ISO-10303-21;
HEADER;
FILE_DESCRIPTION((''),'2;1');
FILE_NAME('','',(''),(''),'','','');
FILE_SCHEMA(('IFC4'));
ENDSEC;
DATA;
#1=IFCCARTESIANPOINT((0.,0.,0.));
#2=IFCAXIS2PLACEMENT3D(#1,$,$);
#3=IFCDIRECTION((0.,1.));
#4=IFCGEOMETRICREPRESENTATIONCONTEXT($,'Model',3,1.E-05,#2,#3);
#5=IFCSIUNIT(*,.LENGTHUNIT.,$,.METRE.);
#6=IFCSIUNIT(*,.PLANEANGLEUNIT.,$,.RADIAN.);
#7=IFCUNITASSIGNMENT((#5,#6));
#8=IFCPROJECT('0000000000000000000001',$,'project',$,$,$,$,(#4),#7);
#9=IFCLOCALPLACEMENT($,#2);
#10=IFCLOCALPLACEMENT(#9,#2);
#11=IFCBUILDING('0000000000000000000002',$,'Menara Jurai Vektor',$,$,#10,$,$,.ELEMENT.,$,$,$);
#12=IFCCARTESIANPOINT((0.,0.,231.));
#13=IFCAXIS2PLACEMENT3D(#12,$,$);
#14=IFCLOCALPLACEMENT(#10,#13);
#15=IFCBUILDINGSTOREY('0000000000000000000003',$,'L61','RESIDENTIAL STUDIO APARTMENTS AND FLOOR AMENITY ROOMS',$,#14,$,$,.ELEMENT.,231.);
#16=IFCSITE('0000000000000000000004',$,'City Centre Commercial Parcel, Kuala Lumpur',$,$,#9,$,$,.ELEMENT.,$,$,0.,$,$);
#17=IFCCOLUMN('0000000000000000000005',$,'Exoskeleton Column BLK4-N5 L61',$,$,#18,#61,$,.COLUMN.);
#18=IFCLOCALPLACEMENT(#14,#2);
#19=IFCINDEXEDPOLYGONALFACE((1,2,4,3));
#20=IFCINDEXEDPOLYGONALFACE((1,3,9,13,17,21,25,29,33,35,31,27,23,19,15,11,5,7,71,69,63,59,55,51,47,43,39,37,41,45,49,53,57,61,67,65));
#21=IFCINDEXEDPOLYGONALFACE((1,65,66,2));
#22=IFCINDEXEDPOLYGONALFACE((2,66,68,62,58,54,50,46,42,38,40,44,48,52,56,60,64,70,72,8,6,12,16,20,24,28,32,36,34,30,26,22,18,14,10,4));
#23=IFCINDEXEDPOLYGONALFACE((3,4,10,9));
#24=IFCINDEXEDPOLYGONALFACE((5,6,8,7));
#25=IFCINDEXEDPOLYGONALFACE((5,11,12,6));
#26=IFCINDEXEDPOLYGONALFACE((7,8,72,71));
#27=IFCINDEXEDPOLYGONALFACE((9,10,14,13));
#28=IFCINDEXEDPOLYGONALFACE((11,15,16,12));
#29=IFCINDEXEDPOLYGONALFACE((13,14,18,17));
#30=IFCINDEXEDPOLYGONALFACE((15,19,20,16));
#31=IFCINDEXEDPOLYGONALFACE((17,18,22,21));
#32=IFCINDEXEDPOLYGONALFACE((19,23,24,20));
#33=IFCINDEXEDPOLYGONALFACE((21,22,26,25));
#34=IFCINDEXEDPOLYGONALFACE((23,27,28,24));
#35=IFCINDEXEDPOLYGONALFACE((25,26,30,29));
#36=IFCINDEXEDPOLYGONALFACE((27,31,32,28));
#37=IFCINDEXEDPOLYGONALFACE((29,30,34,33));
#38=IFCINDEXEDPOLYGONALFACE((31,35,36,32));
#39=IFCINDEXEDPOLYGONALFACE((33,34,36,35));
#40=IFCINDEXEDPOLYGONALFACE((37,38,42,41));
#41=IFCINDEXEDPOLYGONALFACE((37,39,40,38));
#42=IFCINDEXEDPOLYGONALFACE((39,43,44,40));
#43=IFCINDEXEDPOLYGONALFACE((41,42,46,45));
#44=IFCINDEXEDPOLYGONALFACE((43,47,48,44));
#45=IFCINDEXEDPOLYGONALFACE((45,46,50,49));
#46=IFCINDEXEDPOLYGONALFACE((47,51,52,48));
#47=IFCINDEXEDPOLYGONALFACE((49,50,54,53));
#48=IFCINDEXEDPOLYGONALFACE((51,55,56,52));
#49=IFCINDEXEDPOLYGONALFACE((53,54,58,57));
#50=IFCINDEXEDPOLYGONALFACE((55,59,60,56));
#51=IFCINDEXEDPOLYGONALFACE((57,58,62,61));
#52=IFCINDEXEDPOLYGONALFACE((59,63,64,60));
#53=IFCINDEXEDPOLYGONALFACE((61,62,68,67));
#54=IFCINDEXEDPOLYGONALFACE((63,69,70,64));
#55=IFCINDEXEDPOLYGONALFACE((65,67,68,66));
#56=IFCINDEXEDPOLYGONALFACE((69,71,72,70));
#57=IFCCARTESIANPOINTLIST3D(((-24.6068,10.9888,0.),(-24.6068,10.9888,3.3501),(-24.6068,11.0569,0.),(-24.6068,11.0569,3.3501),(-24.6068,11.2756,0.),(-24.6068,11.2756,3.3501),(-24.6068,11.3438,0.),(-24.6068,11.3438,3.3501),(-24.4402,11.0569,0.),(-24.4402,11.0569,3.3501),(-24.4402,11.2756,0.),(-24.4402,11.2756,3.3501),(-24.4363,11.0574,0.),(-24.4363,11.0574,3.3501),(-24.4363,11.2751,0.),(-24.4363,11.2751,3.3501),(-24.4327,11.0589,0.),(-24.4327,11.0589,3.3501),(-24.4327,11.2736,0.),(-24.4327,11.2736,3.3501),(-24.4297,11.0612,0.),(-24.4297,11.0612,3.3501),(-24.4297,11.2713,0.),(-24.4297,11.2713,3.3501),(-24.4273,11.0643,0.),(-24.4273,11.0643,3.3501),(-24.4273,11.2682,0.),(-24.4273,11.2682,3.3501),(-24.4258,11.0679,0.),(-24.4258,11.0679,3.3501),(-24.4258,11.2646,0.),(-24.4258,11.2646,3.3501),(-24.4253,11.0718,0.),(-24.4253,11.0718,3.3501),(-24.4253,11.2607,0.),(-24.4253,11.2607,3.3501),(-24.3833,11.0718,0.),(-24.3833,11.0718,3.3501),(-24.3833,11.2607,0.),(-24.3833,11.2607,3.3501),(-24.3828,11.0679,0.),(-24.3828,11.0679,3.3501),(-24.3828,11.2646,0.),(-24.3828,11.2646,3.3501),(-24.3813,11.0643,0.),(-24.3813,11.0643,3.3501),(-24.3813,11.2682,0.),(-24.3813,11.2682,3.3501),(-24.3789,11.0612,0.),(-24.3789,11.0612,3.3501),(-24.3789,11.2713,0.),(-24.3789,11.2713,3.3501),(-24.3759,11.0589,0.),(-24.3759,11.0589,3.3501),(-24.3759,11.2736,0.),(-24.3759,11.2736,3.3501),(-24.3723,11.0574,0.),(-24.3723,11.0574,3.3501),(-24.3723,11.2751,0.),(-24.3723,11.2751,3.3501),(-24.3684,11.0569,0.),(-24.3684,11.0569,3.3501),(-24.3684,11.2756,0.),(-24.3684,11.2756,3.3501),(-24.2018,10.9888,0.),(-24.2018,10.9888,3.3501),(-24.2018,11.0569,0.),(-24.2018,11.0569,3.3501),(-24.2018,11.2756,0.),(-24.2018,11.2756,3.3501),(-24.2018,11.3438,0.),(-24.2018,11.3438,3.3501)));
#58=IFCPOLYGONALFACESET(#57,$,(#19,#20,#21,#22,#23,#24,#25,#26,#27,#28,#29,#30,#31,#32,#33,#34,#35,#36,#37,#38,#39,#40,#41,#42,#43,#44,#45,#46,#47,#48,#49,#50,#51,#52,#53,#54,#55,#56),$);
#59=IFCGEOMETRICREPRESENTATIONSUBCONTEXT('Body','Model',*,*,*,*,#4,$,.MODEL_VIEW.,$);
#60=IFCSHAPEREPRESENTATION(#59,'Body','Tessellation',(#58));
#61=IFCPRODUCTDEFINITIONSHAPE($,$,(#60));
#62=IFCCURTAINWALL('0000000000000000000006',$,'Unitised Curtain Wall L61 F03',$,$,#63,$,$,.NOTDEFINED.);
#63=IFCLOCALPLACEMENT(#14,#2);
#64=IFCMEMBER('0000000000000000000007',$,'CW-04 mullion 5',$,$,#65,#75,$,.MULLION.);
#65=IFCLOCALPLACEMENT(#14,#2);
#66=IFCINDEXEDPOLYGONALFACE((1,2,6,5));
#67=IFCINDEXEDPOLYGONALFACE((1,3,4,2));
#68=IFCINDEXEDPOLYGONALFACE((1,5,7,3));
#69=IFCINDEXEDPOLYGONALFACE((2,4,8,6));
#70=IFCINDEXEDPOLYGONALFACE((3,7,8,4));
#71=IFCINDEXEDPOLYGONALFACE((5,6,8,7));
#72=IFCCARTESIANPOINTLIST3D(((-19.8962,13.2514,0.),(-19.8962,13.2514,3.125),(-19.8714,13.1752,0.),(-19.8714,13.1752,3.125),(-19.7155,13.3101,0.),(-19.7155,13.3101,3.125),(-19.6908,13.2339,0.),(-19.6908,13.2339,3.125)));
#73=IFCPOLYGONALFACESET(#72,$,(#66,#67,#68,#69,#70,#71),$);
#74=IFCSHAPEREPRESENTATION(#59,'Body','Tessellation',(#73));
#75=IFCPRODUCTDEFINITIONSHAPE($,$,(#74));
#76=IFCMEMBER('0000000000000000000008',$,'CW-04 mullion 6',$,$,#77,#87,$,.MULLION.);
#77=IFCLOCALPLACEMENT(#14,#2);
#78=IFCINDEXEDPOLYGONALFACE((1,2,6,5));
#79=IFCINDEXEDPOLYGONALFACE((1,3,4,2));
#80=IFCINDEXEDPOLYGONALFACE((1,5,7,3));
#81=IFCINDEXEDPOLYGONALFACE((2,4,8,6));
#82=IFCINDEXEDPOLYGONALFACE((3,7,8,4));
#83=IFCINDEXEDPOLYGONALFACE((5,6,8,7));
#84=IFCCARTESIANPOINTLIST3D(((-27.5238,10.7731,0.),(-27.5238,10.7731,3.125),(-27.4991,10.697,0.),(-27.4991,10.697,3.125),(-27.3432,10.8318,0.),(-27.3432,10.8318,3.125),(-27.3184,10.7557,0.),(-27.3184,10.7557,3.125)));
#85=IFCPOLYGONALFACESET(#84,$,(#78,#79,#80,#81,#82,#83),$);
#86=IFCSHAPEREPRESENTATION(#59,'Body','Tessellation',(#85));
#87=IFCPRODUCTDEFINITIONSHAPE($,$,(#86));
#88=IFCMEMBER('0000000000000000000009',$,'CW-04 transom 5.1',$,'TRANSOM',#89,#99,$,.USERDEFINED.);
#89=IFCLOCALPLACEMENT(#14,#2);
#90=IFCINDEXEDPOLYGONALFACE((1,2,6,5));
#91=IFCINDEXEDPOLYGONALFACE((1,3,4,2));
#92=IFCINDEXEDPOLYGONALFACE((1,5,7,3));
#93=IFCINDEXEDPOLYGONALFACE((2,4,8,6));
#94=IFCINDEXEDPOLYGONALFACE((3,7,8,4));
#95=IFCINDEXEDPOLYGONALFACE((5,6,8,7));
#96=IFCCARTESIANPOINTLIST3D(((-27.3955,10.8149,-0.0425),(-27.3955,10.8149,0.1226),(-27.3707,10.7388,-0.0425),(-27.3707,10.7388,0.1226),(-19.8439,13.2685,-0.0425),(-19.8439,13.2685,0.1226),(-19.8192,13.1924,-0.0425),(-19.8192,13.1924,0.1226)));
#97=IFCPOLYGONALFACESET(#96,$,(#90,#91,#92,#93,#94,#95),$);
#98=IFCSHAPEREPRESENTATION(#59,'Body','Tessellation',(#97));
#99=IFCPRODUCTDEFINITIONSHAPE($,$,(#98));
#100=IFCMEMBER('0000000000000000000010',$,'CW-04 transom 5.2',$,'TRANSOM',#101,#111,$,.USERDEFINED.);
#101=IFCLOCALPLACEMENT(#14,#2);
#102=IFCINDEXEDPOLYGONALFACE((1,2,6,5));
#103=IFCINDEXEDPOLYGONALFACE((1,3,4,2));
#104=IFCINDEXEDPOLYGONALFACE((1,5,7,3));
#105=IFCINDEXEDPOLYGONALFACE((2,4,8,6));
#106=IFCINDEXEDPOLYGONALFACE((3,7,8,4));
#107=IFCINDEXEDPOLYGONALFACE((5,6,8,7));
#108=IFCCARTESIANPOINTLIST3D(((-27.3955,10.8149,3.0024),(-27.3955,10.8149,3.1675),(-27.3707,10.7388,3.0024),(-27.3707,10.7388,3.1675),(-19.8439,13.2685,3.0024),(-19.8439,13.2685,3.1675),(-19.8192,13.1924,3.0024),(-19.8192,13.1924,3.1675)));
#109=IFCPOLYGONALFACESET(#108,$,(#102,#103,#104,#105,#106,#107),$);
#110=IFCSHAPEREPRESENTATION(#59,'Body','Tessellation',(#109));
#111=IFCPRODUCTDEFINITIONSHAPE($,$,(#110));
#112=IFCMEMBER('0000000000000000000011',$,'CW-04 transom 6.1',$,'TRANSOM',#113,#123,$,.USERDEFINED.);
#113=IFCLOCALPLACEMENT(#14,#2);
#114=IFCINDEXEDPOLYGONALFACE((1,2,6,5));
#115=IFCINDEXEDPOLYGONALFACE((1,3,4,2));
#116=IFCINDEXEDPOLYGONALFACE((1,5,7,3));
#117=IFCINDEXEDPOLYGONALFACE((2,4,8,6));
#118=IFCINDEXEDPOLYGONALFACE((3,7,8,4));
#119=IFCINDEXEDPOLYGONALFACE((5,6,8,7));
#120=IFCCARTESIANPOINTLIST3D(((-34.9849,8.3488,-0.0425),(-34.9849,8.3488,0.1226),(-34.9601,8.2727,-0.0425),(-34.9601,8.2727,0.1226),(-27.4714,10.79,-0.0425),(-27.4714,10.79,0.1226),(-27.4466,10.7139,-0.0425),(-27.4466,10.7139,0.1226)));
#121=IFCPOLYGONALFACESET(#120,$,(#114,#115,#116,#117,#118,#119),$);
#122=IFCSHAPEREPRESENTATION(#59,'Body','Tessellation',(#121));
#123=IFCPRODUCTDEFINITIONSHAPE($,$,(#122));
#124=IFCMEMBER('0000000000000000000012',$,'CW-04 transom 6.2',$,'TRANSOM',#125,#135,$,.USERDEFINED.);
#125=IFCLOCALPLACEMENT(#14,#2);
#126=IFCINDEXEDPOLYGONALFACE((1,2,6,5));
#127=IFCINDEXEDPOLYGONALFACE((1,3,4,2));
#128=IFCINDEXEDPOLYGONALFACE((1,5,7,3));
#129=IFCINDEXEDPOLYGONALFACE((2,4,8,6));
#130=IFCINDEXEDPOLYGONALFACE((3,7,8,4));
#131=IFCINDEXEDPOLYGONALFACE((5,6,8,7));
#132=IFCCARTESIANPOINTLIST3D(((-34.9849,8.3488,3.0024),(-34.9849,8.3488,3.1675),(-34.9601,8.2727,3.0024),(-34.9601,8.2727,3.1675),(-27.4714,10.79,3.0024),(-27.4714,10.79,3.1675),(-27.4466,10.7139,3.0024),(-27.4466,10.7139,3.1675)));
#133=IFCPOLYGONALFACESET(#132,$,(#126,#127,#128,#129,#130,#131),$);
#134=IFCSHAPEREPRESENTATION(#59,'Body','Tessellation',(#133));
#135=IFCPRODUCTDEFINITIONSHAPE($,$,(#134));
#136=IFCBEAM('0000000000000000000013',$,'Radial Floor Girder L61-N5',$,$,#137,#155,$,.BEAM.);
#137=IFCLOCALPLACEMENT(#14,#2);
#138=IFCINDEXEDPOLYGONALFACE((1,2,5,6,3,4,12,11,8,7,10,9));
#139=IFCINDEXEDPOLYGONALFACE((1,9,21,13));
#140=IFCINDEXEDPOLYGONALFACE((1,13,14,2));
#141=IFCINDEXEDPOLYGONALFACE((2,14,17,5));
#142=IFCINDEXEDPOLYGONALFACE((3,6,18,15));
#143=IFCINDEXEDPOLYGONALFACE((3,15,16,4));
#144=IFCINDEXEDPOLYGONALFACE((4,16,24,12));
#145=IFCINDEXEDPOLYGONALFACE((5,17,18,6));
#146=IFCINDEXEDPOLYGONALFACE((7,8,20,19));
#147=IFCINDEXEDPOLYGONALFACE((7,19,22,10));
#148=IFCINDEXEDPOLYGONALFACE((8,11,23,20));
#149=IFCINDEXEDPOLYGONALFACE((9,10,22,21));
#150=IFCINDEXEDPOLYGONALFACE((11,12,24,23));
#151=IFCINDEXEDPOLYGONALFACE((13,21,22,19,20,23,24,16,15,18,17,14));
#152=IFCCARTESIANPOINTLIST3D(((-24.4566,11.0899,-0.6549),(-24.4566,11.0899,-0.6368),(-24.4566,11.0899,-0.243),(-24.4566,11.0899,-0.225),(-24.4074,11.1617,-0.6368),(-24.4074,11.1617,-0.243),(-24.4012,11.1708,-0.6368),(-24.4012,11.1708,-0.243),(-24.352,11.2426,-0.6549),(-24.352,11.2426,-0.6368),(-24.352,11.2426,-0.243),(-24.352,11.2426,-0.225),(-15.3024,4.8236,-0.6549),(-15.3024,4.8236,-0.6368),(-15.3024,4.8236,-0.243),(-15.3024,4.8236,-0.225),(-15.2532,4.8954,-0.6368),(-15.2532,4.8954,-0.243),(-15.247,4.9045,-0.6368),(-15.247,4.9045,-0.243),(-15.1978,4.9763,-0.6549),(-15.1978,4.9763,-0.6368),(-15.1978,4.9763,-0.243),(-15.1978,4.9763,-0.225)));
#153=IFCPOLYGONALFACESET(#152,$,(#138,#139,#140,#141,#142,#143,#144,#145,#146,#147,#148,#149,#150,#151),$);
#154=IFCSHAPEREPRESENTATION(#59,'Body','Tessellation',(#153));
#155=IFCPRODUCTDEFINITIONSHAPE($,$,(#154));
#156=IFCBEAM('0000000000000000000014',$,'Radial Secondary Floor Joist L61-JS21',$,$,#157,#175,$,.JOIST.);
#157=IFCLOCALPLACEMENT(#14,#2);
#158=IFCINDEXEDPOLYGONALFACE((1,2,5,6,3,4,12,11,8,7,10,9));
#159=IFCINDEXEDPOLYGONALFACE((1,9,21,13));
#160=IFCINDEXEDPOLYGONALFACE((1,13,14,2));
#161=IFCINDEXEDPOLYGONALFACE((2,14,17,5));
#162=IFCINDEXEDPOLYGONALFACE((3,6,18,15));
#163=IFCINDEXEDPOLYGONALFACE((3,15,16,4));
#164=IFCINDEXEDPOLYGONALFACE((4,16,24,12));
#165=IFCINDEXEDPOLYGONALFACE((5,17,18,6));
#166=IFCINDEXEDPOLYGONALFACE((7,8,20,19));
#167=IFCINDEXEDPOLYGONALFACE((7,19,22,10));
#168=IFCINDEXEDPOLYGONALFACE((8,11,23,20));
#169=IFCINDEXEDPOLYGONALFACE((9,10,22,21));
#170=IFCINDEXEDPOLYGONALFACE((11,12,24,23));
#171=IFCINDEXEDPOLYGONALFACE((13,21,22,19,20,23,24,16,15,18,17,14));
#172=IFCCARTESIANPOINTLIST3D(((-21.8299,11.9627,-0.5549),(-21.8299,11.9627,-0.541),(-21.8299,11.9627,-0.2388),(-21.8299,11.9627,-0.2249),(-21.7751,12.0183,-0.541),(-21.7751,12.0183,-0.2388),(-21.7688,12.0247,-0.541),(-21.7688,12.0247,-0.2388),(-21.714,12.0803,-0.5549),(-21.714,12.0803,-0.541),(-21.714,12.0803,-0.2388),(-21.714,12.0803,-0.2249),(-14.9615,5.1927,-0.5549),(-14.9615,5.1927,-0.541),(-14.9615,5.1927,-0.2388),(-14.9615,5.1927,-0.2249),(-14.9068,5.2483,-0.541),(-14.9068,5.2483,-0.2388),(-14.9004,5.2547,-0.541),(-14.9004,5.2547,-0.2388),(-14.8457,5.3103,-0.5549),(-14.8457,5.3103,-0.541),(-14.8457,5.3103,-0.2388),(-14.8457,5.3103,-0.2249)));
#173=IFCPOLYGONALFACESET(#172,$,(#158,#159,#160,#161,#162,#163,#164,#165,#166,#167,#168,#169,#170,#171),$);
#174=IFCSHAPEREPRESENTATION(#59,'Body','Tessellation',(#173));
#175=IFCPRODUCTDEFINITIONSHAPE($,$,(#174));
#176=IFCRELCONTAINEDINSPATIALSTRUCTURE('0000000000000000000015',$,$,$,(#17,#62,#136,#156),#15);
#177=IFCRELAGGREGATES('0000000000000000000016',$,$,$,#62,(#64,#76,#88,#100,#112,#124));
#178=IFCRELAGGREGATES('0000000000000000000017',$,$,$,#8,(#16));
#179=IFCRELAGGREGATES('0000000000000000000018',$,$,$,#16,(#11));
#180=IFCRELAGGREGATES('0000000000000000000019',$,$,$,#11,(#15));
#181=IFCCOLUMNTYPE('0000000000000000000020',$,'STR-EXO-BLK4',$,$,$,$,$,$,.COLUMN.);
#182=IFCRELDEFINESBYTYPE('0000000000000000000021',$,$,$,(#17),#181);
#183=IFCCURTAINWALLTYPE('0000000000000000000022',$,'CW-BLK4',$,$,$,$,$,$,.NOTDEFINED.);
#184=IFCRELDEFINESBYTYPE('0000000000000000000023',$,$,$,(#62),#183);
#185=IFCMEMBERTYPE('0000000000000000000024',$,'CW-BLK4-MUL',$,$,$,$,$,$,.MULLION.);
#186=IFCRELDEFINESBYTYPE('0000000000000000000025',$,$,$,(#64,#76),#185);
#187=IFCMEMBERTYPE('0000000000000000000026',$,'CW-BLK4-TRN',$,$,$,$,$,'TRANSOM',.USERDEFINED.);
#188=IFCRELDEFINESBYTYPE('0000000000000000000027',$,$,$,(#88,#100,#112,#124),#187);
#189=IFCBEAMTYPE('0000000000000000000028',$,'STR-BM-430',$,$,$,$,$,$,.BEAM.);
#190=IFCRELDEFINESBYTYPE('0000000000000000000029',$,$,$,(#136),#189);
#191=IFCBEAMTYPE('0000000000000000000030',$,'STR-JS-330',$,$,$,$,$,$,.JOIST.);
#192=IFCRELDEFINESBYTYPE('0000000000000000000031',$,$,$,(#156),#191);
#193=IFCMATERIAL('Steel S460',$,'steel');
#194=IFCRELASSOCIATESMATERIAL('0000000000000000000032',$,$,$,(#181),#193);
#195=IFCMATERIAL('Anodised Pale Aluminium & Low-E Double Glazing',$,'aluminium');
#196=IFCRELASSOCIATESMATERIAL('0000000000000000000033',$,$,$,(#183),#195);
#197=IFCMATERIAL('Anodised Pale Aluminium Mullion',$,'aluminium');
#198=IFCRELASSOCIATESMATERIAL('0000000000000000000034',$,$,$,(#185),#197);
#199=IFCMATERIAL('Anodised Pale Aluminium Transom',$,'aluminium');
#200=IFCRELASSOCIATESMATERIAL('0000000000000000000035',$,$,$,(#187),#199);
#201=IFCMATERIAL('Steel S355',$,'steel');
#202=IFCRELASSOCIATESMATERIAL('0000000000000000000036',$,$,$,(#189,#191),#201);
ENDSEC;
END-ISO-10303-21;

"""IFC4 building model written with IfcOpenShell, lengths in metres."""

from ifc_helpers import new_model, si_unit, direction, frame, origin, origin_2d, place, context, subcontext, project, spatial, rectangle, i_section, extrude, material, material_profile, profile_set, type_object, element, aggregate, save


model = new_model("IFC4")

# Units and contexts
model_context = context("Model", 3, precision=1e-05, world=origin(), true_north=direction((0.0, 1.0)))
body_context = subcontext(model_context, "Body", "Model", "MODEL_VIEW")
ifc_project = project(units=[si_unit("LENGTHUNIT", "METRE"), si_unit("PLANEANGLEUNIT", "RADIAN")], contexts=[model_context])

# Site, building, storey
site_placement = place(None, origin())
site = spatial("IfcSite", under=ifc_project, at=site_placement, Name="City Centre Commercial Parcel, Kuala Lumpur", CompositionType="ELEMENT", RefElevation=0.0)
building_placement = place(site_placement, origin())
building = spatial("IfcBuilding", under=site, at=building_placement, Name="Menara Jurai Vektor", CompositionType="ELEMENT")
storey_placement = place(building_placement, frame((0.0, 0.0, 231.0)))
storey = spatial("IfcBuildingStorey", under=building, at=storey_placement, Name="L61", Description="RESIDENTIAL STUDIO APARTMENTS AND FLOOR AMENITY ROOMS", CompositionType="ELEMENT", Elevation=231.0)

# Column
ifc_material_1 = material(Name="Steel S460", Category="steel")
ifc_material_profile_1 = material_profile(ifc_material_1, i_section(OverallWidth=0.405, OverallDepth=0.355, WebThickness=0.042, FlangeThickness=0.0681, FilletRadius=0.0149, at=origin_2d()), Name="HD 400x551")
ifc_profile_set_1 = profile_set([ifc_material_profile_1], Name="Steel S460")
column_type = type_object("IfcColumnType", Name="STR-EXO-BLK4", PredefinedType="COLUMN", material=ifc_profile_set_1)
column_placement = place(storey_placement, frame((-24.4043, 11.1663, 0.0), z_axis=(0.0, 0.0, 1.0), x_axis=(1.0, 0.0, 0.0)))
element("IfcColumn", 1, at=column_placement, inside=storey, type_object=column_type, Name="Exoskeleton Column BLK4-N5 L61", PredefinedType="COLUMN", context=body_context, shape_type="SweptSolid", body=[
    extrude(i_section(OverallWidth=0.405, OverallDepth=0.355, WebThickness=0.042, FlangeThickness=0.0681, FilletRadius=0.0149, at=origin_2d()), origin(), (0.0, 0.0, 1.0), 3.3501),
])

# Curtain wall, members
ifc_material_2 = material(Name="Anodised Pale Aluminium & Low-E Double Glazing", Category="aluminium")
curtain_wall_type = type_object("IfcCurtainWallType", Name="CW-BLK4", PredefinedType="NOTDEFINED", material=ifc_material_2)
curtain_wall_placement = place(storey_placement, origin())
curtain_wall = element("IfcCurtainWall", 2, at=curtain_wall_placement, inside=storey, type_object=curtain_wall_type, Name="Unitised Curtain Wall L61 F03", PredefinedType="NOTDEFINED")
ifc_material_3 = material(Name="Anodised Pale Aluminium Mullion", Category="aluminium")
ifc_material_profile_2 = material_profile(ifc_material_3, rectangle(XDim=0.0801, YDim=0.1899, at=origin_2d()), Name="ALU MUL 80x190")
ifc_profile_set_2 = profile_set([ifc_material_profile_2], Name="Anodised Pale Aluminium Mullion")
member_type_1 = type_object("IfcMemberType", Name="CW-BLK4-MUL", PredefinedType="MULLION", material=ifc_profile_set_2)
member_1_placement = place(storey_placement, frame((-19.7935, 13.2427, 0.0), z_axis=(0.0, 0.0, 1.0), x_axis=(0.309017, -0.951056, 0.0)))
member_1 = element("IfcMember", 3, at=member_1_placement, type_object=member_type_1, Name="CW-04 mullion 5", PredefinedType="MULLION", context=body_context, shape_type="SweptSolid", body=[
    extrude(rectangle(XDim=0.0801, YDim=0.1899, at=origin_2d()), origin(), (0.0, 0.0, 1.0), 3.125),
])
member_2_placement = place(storey_placement, frame((-27.4211, 10.7644, 0.0), z_axis=(0.0, 0.0, 1.0), x_axis=(0.309017, -0.951056, 0.0)))
member_2 = element("IfcMember", 4, at=member_2_placement, type_object=member_type_1, Name="CW-04 mullion 6", PredefinedType="MULLION", context=body_context, shape_type="SweptSolid", body=[
    extrude(rectangle(XDim=0.0801, YDim=0.1899, at=origin_2d()), origin(), (0.0, 0.0, 1.0), 3.125),
])
ifc_material_4 = material(Name="Anodised Pale Aluminium Transom", Category="aluminium")
ifc_material_profile_3 = material_profile(ifc_material_4, rectangle(XDim=0.0801, YDim=0.165, at=origin_2d()), Name="ALU TRN 80x165")
ifc_profile_set_3 = profile_set([ifc_material_profile_3], Name="Anodised Pale Aluminium Transom")
member_type_2 = type_object("IfcMemberType", Name="CW-BLK4-TRN", ElementType="TRANSOM", PredefinedType="USERDEFINED", material=ifc_profile_set_3)
member_3_placement = place(storey_placement, frame((-19.8315, 13.2305, 0.04), z_axis=(-0.951057, -0.309014, 0.0), x_axis=(0.309014, -0.951057, 0.0)))
member_3 = element("IfcMember", 5, at=member_3_placement, type_object=member_type_2, Name="CW-04 transom 5.1", ObjectType="TRANSOM", PredefinedType="USERDEFINED", context=body_context, shape_type="SweptSolid", body=[
    extrude(rectangle(XDim=0.0801, YDim=0.165, at=origin_2d()), origin(), (0.0, 0.0, 1.0), 7.9402),
])
member_4_placement = place(storey_placement, frame((-19.8315, 13.2305, 3.085), z_axis=(-0.951057, -0.309014, 0.0), x_axis=(0.309014, -0.951057, 0.0)))
member_4 = element("IfcMember", 6, at=member_4_placement, type_object=member_type_2, Name="CW-04 transom 5.2", ObjectType="TRANSOM", PredefinedType="USERDEFINED", context=body_context, shape_type="SweptSolid", body=[
    extrude(rectangle(XDim=0.0801, YDim=0.165, at=origin_2d()), origin(), (0.0, 0.0, 1.0), 7.9402),
])
member_5_placement = place(storey_placement, frame((-27.459, 10.752, 0.04), z_axis=(-0.95106, -0.309006, 0.0), x_axis=(0.309006, -0.95106, 0.0)))
member_5 = element("IfcMember", 7, at=member_5_placement, type_object=member_type_2, Name="CW-04 transom 6.1", ObjectType="TRANSOM", PredefinedType="USERDEFINED", context=body_context, shape_type="SweptSolid", body=[
    extrude(rectangle(XDim=0.0801, YDim=0.165, at=origin_2d()), origin(), (0.0, 0.0, 1.0), 7.9001),
])
member_6_placement = place(storey_placement, frame((-27.459, 10.752, 3.085), z_axis=(-0.95106, -0.309006, 0.0), x_axis=(0.309006, -0.95106, 0.0)))
member_6 = element("IfcMember", 8, at=member_6_placement, type_object=member_type_2, Name="CW-04 transom 6.2", ObjectType="TRANSOM", PredefinedType="USERDEFINED", context=body_context, shape_type="SweptSolid", body=[
    extrude(rectangle(XDim=0.0801, YDim=0.165, at=origin_2d()), origin(), (0.0, 0.0, 1.0), 7.9001),
])

# Beams
ifc_material_5 = material(Name="Steel S355", Category="steel")
ifc_material_profile_4 = material_profile(ifc_material_5, i_section(OverallWidth=0.1851, OverallDepth=0.4299, WebThickness=0.011, FlangeThickness=0.0181, at=origin_2d()), Name="PG 430x185x76")
ifc_profile_set_4 = profile_set([ifc_material_profile_4], Name="Steel S355")
beam_type_1 = type_object("IfcBeamType", Name="STR-BM-430", PredefinedType="BEAM", material=ifc_profile_set_4)
beam_1_placement = place(storey_placement, frame((-24.4043, 11.1663, -0.4399), z_axis=(0.825186, -0.564861, 0.0), x_axis=(0.564861, 0.825186, 0.0)))
element("IfcBeam", 9, at=beam_1_placement, inside=storey, type_object=beam_type_1, Name="Radial Floor Girder L61-N5", PredefinedType="BEAM", context=body_context, shape_type="SweptSolid", body=[
    extrude(i_section(OverallWidth=0.1851, OverallDepth=0.4299, WebThickness=0.011, FlangeThickness=0.0181, at=origin_2d()), origin(), (0.0, 0.0, 1.0), 11.0935),
])
ifc_material_profile_5 = material_profile(ifc_material_5, i_section(OverallWidth=0.165, OverallDepth=0.3301, WebThickness=0.009, FlangeThickness=0.0139, at=origin_2d()), Name="PG 330x165x46")
ifc_profile_set_5 = profile_set([ifc_material_profile_5], Name="Steel S355")
beam_type_2 = type_object("IfcBeamType", Name="STR-JS-330", PredefinedType="JOIST", material=ifc_profile_set_5)
beam_2_placement = place(storey_placement, frame((-21.772, 12.0215, -0.3899), z_axis=(0.712189, -0.701987, 0.0), x_axis=(0.701987, 0.712189, 0.0)))
element("IfcBeam", 10, at=beam_2_placement, inside=storey, type_object=beam_type_2, Name="Radial Secondary Floor Joist L61-JS21", PredefinedType="JOIST", context=body_context, shape_type="SweptSolid", body=[
    extrude(i_section(OverallWidth=0.165, OverallDepth=0.3301, WebThickness=0.009, FlangeThickness=0.0139, at=origin_2d()), origin(), (0.0, 0.0, 1.0), 9.644),
])

aggregate(curtain_wall, [member_1, member_2, member_3, member_4, member_5, member_6])

save(model, "model.ifc")
